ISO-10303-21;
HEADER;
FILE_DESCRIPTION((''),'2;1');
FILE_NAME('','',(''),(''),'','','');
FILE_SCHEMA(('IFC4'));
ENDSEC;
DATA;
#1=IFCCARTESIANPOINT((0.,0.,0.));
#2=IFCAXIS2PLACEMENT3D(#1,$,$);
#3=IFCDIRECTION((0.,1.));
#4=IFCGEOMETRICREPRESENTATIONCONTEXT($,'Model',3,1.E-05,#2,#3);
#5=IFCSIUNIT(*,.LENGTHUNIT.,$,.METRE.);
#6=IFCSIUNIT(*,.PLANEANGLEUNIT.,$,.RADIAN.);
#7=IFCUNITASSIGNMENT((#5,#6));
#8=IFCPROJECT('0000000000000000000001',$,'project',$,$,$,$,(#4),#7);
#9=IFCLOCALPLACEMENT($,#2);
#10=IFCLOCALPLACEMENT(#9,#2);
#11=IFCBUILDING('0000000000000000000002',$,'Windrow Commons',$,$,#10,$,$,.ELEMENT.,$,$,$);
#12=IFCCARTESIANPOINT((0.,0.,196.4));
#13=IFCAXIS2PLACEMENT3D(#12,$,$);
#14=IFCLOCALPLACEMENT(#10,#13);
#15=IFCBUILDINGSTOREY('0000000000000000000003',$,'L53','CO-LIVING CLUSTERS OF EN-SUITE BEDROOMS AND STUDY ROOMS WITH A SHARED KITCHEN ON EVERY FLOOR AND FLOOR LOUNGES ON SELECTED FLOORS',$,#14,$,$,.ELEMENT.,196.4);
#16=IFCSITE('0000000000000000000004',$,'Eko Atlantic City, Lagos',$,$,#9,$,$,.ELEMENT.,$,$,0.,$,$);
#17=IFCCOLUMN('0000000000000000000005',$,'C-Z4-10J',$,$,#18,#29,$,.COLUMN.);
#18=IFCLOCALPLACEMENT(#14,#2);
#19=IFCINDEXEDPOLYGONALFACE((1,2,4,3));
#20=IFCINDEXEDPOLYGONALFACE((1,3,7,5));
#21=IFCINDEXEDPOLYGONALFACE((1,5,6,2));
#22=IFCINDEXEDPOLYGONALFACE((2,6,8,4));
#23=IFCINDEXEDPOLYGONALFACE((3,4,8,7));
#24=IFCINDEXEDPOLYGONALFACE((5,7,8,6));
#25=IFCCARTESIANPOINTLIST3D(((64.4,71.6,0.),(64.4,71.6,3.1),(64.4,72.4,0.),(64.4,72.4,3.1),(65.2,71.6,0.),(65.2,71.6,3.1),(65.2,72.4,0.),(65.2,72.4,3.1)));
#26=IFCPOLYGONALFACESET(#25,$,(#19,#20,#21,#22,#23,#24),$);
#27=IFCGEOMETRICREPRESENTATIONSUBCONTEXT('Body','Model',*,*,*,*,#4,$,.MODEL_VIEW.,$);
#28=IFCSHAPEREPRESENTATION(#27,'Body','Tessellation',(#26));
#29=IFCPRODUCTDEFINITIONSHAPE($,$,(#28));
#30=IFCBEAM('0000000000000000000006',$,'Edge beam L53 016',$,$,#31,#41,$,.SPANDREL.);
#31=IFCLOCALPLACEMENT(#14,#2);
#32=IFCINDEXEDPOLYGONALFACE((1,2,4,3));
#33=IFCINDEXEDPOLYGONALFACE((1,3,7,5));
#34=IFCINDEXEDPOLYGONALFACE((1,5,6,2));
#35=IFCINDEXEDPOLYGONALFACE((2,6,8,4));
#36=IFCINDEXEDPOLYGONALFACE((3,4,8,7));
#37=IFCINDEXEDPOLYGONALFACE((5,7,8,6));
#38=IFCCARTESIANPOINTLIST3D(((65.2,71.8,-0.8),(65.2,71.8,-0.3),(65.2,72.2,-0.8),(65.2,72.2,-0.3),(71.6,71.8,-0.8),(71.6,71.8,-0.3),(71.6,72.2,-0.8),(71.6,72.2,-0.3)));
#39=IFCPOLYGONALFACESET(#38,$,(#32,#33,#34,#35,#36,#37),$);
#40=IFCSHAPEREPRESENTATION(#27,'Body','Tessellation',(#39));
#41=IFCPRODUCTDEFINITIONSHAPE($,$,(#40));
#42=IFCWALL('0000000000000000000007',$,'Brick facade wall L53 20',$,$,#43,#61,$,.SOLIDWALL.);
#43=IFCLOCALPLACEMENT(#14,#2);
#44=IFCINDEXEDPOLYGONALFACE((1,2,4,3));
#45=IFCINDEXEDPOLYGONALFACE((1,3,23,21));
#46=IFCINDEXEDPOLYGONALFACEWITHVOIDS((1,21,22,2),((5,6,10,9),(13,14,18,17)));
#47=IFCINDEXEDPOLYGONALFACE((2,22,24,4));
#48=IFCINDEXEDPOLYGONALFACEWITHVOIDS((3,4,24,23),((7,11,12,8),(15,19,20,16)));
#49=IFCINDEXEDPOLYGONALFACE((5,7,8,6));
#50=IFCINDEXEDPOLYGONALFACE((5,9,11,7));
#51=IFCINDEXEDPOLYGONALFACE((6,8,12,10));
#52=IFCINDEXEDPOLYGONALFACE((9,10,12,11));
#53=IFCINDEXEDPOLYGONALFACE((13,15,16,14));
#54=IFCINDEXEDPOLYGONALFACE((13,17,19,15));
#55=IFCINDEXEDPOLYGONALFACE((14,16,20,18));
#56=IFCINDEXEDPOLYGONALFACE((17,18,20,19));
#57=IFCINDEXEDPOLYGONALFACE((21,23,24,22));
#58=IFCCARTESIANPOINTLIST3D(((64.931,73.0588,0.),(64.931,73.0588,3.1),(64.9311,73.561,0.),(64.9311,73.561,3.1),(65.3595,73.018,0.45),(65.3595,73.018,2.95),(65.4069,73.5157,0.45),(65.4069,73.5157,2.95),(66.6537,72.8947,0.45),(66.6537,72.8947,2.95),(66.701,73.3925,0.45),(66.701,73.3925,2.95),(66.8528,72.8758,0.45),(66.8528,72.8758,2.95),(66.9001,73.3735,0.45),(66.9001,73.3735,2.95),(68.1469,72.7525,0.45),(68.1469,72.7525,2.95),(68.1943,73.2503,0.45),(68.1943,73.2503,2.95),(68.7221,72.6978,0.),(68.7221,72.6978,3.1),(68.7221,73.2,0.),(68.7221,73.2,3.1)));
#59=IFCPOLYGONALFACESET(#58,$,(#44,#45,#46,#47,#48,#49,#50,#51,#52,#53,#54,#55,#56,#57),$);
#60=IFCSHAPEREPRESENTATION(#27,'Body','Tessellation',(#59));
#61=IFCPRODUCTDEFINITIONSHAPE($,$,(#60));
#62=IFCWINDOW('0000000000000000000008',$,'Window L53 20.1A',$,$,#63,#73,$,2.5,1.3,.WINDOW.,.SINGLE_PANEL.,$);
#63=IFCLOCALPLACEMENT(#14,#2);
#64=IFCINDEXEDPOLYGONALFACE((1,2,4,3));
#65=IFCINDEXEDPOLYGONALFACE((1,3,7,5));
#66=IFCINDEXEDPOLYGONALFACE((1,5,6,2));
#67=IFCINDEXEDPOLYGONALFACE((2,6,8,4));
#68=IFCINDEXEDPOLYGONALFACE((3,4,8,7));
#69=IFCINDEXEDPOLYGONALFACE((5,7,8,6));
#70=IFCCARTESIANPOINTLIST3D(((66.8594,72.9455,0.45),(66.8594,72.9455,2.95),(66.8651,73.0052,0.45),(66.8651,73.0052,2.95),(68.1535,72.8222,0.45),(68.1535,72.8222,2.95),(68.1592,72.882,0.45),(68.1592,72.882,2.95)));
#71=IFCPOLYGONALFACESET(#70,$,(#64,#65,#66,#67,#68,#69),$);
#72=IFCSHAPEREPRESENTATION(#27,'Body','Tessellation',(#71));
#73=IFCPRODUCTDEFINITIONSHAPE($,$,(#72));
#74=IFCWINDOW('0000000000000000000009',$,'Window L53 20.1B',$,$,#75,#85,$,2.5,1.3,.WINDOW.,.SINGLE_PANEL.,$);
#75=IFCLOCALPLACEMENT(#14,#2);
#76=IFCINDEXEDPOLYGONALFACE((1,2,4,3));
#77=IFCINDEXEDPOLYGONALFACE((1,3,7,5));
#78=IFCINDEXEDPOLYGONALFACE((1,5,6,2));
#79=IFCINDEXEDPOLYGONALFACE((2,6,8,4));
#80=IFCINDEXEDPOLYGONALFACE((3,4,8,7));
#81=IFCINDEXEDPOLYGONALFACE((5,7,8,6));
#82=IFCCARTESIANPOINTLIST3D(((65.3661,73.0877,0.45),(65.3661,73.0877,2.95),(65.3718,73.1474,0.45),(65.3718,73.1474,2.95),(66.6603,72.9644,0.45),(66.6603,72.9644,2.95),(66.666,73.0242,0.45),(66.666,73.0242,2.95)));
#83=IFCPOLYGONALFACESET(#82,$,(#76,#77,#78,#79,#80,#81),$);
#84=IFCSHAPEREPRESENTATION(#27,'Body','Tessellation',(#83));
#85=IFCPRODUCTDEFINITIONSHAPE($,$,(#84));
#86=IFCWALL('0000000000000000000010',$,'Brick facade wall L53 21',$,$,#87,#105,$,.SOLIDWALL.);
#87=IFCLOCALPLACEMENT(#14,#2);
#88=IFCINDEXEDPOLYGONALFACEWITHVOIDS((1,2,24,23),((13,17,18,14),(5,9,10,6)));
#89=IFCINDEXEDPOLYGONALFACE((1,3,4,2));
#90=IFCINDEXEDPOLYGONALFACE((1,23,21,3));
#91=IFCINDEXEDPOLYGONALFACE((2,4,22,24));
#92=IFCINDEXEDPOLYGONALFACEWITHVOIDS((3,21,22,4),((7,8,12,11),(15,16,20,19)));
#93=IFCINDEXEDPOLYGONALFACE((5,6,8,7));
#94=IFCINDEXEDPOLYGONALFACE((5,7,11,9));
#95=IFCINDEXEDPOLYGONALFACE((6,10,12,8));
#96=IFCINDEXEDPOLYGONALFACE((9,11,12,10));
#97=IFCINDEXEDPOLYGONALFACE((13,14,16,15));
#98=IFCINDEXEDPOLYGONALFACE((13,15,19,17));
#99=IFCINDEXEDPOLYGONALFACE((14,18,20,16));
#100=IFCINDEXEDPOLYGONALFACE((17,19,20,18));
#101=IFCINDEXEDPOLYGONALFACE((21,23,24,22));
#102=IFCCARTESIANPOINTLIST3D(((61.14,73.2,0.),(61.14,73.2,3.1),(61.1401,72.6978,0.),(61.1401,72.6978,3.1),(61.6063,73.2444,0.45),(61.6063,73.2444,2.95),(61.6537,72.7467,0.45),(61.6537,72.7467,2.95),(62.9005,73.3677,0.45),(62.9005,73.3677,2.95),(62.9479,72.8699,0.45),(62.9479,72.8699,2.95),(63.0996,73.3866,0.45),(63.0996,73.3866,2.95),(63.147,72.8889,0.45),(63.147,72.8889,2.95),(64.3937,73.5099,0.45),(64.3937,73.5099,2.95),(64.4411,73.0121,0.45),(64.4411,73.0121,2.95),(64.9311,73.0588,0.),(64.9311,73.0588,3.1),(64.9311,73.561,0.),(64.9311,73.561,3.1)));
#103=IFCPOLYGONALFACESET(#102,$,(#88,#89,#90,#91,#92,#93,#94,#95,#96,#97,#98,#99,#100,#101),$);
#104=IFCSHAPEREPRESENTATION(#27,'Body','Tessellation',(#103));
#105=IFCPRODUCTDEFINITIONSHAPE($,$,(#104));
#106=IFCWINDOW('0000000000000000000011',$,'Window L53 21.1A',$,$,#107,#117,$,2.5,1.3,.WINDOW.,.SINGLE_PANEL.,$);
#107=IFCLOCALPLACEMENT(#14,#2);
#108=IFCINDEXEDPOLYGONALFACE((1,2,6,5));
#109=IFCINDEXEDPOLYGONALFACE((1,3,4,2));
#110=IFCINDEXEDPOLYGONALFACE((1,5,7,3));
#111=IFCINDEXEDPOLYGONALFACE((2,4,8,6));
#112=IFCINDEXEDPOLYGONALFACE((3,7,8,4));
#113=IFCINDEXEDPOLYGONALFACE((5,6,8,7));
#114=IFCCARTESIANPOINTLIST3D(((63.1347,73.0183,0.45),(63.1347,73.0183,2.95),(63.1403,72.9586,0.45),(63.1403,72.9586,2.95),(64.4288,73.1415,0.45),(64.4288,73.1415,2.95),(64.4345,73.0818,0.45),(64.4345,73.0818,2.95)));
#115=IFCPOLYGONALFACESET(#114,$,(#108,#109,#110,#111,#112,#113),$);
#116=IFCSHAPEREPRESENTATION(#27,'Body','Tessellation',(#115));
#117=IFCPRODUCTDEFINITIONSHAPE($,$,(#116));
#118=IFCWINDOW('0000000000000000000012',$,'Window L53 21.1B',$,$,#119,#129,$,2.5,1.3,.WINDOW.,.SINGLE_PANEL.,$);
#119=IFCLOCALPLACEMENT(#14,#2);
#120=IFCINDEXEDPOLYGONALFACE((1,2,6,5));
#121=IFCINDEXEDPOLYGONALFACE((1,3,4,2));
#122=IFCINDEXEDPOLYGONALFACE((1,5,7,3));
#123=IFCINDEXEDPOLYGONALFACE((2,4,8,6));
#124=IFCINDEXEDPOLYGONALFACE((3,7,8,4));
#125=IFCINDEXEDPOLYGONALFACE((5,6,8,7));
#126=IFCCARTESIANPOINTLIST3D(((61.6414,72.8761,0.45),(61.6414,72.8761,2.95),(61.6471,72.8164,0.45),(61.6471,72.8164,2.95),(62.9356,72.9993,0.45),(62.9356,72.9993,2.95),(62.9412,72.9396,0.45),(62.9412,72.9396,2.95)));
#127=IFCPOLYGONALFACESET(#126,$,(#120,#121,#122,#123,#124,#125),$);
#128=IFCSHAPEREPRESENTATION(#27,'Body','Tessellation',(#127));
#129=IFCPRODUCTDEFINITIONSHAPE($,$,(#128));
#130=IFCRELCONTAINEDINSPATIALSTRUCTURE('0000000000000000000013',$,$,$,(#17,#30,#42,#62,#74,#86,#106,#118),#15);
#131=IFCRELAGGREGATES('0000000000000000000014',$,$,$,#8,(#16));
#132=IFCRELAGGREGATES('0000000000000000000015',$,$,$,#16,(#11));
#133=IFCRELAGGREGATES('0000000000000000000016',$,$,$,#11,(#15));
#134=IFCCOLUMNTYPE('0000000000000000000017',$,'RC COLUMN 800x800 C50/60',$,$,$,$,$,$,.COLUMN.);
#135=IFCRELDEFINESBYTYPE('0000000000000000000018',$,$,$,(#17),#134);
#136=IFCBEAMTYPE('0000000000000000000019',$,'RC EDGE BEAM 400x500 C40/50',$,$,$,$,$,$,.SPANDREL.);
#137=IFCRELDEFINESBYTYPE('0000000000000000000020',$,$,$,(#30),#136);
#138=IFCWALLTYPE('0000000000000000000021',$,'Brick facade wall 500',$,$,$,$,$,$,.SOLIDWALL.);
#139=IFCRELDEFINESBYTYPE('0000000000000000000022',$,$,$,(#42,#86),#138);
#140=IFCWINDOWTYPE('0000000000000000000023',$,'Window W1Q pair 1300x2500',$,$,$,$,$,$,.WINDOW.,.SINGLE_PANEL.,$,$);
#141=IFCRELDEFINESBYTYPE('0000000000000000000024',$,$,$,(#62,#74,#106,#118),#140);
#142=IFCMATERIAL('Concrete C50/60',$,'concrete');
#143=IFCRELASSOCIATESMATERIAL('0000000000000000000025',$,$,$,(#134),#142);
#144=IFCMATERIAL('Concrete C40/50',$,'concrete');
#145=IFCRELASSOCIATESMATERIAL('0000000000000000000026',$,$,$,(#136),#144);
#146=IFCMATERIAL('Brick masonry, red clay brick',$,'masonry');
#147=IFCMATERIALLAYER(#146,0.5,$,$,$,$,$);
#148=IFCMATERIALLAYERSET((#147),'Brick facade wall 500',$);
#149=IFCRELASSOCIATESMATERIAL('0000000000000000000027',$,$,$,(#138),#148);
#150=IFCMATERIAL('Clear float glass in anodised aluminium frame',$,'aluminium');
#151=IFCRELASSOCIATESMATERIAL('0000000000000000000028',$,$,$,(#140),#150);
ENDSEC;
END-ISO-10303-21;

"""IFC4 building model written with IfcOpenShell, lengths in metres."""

from ifc_helpers import new_model, si_unit, direction, frame, frame_2d, origin, origin_2d, place, context, subcontext, project, spatial, polyline, rectangle, outline, extrude, material, layer, layer_set, material_profile, profile_set, type_object, element, fill, save


model = new_model("IFC4")

# Units and contexts
model_context = context("Model", 3, precision=1e-05, world=origin(), true_north=direction((0.0, 1.0)))
body_context = subcontext(model_context, "Body", "Model", "MODEL_VIEW")
ifc_project = project(units=[si_unit("LENGTHUNIT", "METRE"), si_unit("PLANEANGLEUNIT", "RADIAN")], contexts=[model_context])

# Site, building, storey
site_placement = place(None, origin())
site = spatial("IfcSite", under=ifc_project, at=site_placement, Name="Eko Atlantic City, Lagos", CompositionType="ELEMENT", RefElevation=0.0)
building_placement = place(site_placement, origin())
building = spatial("IfcBuilding", under=site, at=building_placement, Name="Windrow Commons", CompositionType="ELEMENT")
storey_placement = place(building_placement, frame((0.0, 0.0, 196.4)))
storey = spatial("IfcBuildingStorey", under=building, at=storey_placement, Name="L53", Description="CO-LIVING CLUSTERS OF EN-SUITE BEDROOMS AND STUDY ROOMS WITH A SHARED KITCHEN ON EVERY FLOOR AND FLOOR LOUNGES ON SELECTED FLOORS", CompositionType="ELEMENT", Elevation=196.4)

# Column
ifc_material_1 = material(Name="Concrete C50/60", Category="concrete")
ifc_material_profile_1 = material_profile(ifc_material_1, rectangle(XDim=0.8, YDim=0.8, at=origin_2d()))
ifc_profile_set_1 = profile_set([ifc_material_profile_1], Name="Concrete C50/60")
column_type = type_object("IfcColumnType", Name="RC COLUMN 800x800 C50/60", PredefinedType="COLUMN", material=ifc_profile_set_1)
column_placement = place(storey_placement, frame((64.8, 72.0, 0.0), z_axis=(0.0, 0.0, 1.0), x_axis=(1.0, 0.0, 0.0)))
element("IfcColumn", 1, at=column_placement, inside=storey, type_object=column_type, Name="C-Z4-10J", PredefinedType="COLUMN", context=body_context, shape_type="SweptSolid", body=[
    extrude(rectangle(XDim=0.8, YDim=0.8, at=origin_2d()), origin(), (0.0, 0.0, 1.0), 3.1),
])

# Beam
ifc_material_2 = material(Name="Concrete C40/50", Category="concrete")
ifc_material_profile_2 = material_profile(ifc_material_2, rectangle(XDim=0.4, YDim=0.5, at=origin_2d()))
ifc_profile_set_2 = profile_set([ifc_material_profile_2], Name="Concrete C40/50")
beam_type = type_object("IfcBeamType", Name="RC EDGE BEAM 400x500 C40/50", PredefinedType="SPANDREL", material=ifc_profile_set_2)
beam_placement = place(storey_placement, frame((65.2, 72.0, -0.55), z_axis=(1.0, 0.0, 0.0), x_axis=(0.0, 1.0, 0.0)))
element("IfcBeam", 2, at=beam_placement, inside=storey, type_object=beam_type, Name="Edge beam L53 016", PredefinedType="SPANDREL", context=body_context, shape_type="SweptSolid", body=[
    extrude(rectangle(XDim=0.4, YDim=0.5, at=origin_2d()), origin(), (0.0, 0.0, 1.0), 6.4),
])

# Walls, openings, windows
ifc_material_3 = material(Name="Brick masonry, red clay brick", Category="masonry")
ifc_layer_1 = layer(ifc_material_3, 0.5)
ifc_layer_set_1 = layer_set([ifc_layer_1], Name="Brick facade wall 500")
wall_type_1 = type_object("IfcWallType", Name="Brick facade wall 500", PredefinedType="SOLIDWALL", material=ifc_layer_set_1)
wall_1_placement = place(storey_placement, frame((68.7221, 72.9489, 0.0), z_axis=(0.0, 0.0, 1.0), x_axis=(-0.995497, 0.094797, 0.0)))
wall_1 = element("IfcWall", 3, at=wall_1_placement, inside=storey, type_object=wall_type_1, Name="Brick facade wall L53 20", PredefinedType="SOLIDWALL", context=body_context, shape_type="SweptSolid", body=[
    extrude(outline(polyline([(0.0238, -0.25), (3.832, -0.25), (3.7844, 0.25), (-0.0238, 0.25), (0.0238, -0.25)])), origin(), (0.0, 0.0, 1.0), 3.1),
])
opening_1_placement = place(wall_1_placement, frame((0.554, 0.0, 0.45)))
opening_1 = element("IfcOpeningElement", 4, at=opening_1_placement, cuts=wall_1, PredefinedType="OPENING", context=body_context, shape_type="SweptSolid", body=[
    extrude(rectangle(XDim=1.3, YDim=2.5, at=frame_2d((0.65, 1.25))), frame((0.0, 0.26, 0.0), z_axis=(0.0, -1.0, 0.0), x_axis=(1.0, 0.0, 0.0)), (0.0, 0.0, 1.0), 0.52),
])
opening_2_placement = place(wall_1_placement, frame((2.054, 0.0, 0.45)))
opening_2 = element("IfcOpeningElement", 5, at=opening_2_placement, cuts=wall_1, PredefinedType="OPENING", context=body_context, shape_type="SweptSolid", body=[
    extrude(rectangle(XDim=1.3, YDim=2.5, at=frame_2d((0.65, 1.25))), frame((0.0, 0.26, 0.0), z_axis=(0.0, -1.0, 0.0), x_axis=(1.0, 0.0, 0.0)), (0.0, 0.0, 1.0), 0.52),
])
ifc_material_4 = material(Name="Clear float glass in anodised aluminium frame", Category="aluminium")
window_type = type_object("IfcWindowType", Name="Window W1Q pair 1300x2500", PartitioningType="SINGLE_PANEL", PredefinedType="WINDOW", material=ifc_material_4)
window_1_placement = place(opening_1_placement, origin())
window_1 = element("IfcWindow", 6, at=window_1_placement, inside=storey, type_object=window_type, Name="Window L53 20.1A", OverallHeight=2.5, OverallWidth=1.3, PartitioningType="SINGLE_PANEL", PredefinedType="WINDOW", context=body_context, shape_type="SweptSolid", body=[
    extrude(rectangle(XDim=1.3, YDim=2.5, at=frame_2d((0.65, 1.25))), frame((0.0, 0.18, 0.0), z_axis=(0.0, -1.0, 0.0), x_axis=(1.0, 0.0, 0.0)), (0.0, 0.0, 1.0), 0.06),
])
fill(opening_1, window_1)
window_2_placement = place(opening_2_placement, origin())
window_2 = element("IfcWindow", 7, at=window_2_placement, inside=storey, type_object=window_type, Name="Window L53 20.1B", OverallHeight=2.5, OverallWidth=1.3, PartitioningType="SINGLE_PANEL", PredefinedType="WINDOW", context=body_context, shape_type="SweptSolid", body=[
    extrude(rectangle(XDim=1.3, YDim=2.5, at=frame_2d((0.65, 1.25))), frame((0.0, 0.18, 0.0), z_axis=(0.0, -1.0, 0.0), x_axis=(1.0, 0.0, 0.0)), (0.0, 0.0, 1.0), 0.06),
])
fill(opening_2, window_2)
wall_2_placement = place(storey_placement, frame((64.9311, 73.3099, 0.0), z_axis=(0.0, 0.0, 1.0), x_axis=(-0.995497, -0.094797, 0.0)))
wall_2 = element("IfcWall", 8, at=wall_2_placement, inside=storey, type_object=wall_type_1, Name="Brick facade wall L53 21", PredefinedType="SOLIDWALL", context=body_context, shape_type="SweptSolid", body=[
    extrude(outline(polyline([(-0.0238, -0.25), (3.7844, -0.25), (3.832, 0.25), (0.0238, 0.25), (-0.0238, -0.25)])), origin(), (0.0, 0.0, 1.0), 3.1),
])
opening_3_placement = place(wall_2_placement, frame((0.516, 0.0, 0.45)))
opening_3 = element("IfcOpeningElement", 9, at=opening_3_placement, cuts=wall_2, PredefinedType="OPENING", context=body_context, shape_type="SweptSolid", body=[
    extrude(rectangle(XDim=1.3, YDim=2.5, at=frame_2d((0.65, 1.25))), frame((0.0, 0.26, 0.0), z_axis=(0.0, -1.0, 0.0), x_axis=(1.0, 0.0, 0.0)), (0.0, 0.0, 1.0), 0.52),
])
opening_4_placement = place(wall_2_placement, frame((2.016, 0.0, 0.45)))
opening_4 = element("IfcOpeningElement", 10, at=opening_4_placement, cuts=wall_2, PredefinedType="OPENING", context=body_context, shape_type="SweptSolid", body=[
    extrude(rectangle(XDim=1.3, YDim=2.5, at=frame_2d((0.65, 1.25))), frame((0.0, 0.26, 0.0), z_axis=(0.0, -1.0, 0.0), x_axis=(1.0, 0.0, 0.0)), (0.0, 0.0, 1.0), 0.52),
])
window_3_placement = place(opening_3_placement, origin())
window_3 = element("IfcWindow", 11, at=window_3_placement, inside=storey, type_object=window_type, Name="Window L53 21.1A", OverallHeight=2.5, OverallWidth=1.3, PartitioningType="SINGLE_PANEL", PredefinedType="WINDOW", context=body_context, shape_type="SweptSolid", body=[
    extrude(rectangle(XDim=1.3, YDim=2.5, at=frame_2d((0.65, 1.25))), frame((0.0, 0.18, 0.0), z_axis=(0.0, -1.0, 0.0), x_axis=(1.0, 0.0, 0.0)), (0.0, 0.0, 1.0), 0.06),
])
fill(opening_3, window_3)
window_4_placement = place(opening_4_placement, origin())
window_4 = element("IfcWindow", 12, at=window_4_placement, inside=storey, type_object=window_type, Name="Window L53 21.1B", OverallHeight=2.5, OverallWidth=1.3, PartitioningType="SINGLE_PANEL", PredefinedType="WINDOW", context=body_context, shape_type="SweptSolid", body=[
    extrude(rectangle(XDim=1.3, YDim=2.5, at=frame_2d((0.65, 1.25))), frame((0.0, 0.18, 0.0), z_axis=(0.0, -1.0, 0.0), x_axis=(1.0, 0.0, 0.0)), (0.0, 0.0, 1.0), 0.06),
])
fill(opening_4, window_4)

save(model, "model.ifc")
